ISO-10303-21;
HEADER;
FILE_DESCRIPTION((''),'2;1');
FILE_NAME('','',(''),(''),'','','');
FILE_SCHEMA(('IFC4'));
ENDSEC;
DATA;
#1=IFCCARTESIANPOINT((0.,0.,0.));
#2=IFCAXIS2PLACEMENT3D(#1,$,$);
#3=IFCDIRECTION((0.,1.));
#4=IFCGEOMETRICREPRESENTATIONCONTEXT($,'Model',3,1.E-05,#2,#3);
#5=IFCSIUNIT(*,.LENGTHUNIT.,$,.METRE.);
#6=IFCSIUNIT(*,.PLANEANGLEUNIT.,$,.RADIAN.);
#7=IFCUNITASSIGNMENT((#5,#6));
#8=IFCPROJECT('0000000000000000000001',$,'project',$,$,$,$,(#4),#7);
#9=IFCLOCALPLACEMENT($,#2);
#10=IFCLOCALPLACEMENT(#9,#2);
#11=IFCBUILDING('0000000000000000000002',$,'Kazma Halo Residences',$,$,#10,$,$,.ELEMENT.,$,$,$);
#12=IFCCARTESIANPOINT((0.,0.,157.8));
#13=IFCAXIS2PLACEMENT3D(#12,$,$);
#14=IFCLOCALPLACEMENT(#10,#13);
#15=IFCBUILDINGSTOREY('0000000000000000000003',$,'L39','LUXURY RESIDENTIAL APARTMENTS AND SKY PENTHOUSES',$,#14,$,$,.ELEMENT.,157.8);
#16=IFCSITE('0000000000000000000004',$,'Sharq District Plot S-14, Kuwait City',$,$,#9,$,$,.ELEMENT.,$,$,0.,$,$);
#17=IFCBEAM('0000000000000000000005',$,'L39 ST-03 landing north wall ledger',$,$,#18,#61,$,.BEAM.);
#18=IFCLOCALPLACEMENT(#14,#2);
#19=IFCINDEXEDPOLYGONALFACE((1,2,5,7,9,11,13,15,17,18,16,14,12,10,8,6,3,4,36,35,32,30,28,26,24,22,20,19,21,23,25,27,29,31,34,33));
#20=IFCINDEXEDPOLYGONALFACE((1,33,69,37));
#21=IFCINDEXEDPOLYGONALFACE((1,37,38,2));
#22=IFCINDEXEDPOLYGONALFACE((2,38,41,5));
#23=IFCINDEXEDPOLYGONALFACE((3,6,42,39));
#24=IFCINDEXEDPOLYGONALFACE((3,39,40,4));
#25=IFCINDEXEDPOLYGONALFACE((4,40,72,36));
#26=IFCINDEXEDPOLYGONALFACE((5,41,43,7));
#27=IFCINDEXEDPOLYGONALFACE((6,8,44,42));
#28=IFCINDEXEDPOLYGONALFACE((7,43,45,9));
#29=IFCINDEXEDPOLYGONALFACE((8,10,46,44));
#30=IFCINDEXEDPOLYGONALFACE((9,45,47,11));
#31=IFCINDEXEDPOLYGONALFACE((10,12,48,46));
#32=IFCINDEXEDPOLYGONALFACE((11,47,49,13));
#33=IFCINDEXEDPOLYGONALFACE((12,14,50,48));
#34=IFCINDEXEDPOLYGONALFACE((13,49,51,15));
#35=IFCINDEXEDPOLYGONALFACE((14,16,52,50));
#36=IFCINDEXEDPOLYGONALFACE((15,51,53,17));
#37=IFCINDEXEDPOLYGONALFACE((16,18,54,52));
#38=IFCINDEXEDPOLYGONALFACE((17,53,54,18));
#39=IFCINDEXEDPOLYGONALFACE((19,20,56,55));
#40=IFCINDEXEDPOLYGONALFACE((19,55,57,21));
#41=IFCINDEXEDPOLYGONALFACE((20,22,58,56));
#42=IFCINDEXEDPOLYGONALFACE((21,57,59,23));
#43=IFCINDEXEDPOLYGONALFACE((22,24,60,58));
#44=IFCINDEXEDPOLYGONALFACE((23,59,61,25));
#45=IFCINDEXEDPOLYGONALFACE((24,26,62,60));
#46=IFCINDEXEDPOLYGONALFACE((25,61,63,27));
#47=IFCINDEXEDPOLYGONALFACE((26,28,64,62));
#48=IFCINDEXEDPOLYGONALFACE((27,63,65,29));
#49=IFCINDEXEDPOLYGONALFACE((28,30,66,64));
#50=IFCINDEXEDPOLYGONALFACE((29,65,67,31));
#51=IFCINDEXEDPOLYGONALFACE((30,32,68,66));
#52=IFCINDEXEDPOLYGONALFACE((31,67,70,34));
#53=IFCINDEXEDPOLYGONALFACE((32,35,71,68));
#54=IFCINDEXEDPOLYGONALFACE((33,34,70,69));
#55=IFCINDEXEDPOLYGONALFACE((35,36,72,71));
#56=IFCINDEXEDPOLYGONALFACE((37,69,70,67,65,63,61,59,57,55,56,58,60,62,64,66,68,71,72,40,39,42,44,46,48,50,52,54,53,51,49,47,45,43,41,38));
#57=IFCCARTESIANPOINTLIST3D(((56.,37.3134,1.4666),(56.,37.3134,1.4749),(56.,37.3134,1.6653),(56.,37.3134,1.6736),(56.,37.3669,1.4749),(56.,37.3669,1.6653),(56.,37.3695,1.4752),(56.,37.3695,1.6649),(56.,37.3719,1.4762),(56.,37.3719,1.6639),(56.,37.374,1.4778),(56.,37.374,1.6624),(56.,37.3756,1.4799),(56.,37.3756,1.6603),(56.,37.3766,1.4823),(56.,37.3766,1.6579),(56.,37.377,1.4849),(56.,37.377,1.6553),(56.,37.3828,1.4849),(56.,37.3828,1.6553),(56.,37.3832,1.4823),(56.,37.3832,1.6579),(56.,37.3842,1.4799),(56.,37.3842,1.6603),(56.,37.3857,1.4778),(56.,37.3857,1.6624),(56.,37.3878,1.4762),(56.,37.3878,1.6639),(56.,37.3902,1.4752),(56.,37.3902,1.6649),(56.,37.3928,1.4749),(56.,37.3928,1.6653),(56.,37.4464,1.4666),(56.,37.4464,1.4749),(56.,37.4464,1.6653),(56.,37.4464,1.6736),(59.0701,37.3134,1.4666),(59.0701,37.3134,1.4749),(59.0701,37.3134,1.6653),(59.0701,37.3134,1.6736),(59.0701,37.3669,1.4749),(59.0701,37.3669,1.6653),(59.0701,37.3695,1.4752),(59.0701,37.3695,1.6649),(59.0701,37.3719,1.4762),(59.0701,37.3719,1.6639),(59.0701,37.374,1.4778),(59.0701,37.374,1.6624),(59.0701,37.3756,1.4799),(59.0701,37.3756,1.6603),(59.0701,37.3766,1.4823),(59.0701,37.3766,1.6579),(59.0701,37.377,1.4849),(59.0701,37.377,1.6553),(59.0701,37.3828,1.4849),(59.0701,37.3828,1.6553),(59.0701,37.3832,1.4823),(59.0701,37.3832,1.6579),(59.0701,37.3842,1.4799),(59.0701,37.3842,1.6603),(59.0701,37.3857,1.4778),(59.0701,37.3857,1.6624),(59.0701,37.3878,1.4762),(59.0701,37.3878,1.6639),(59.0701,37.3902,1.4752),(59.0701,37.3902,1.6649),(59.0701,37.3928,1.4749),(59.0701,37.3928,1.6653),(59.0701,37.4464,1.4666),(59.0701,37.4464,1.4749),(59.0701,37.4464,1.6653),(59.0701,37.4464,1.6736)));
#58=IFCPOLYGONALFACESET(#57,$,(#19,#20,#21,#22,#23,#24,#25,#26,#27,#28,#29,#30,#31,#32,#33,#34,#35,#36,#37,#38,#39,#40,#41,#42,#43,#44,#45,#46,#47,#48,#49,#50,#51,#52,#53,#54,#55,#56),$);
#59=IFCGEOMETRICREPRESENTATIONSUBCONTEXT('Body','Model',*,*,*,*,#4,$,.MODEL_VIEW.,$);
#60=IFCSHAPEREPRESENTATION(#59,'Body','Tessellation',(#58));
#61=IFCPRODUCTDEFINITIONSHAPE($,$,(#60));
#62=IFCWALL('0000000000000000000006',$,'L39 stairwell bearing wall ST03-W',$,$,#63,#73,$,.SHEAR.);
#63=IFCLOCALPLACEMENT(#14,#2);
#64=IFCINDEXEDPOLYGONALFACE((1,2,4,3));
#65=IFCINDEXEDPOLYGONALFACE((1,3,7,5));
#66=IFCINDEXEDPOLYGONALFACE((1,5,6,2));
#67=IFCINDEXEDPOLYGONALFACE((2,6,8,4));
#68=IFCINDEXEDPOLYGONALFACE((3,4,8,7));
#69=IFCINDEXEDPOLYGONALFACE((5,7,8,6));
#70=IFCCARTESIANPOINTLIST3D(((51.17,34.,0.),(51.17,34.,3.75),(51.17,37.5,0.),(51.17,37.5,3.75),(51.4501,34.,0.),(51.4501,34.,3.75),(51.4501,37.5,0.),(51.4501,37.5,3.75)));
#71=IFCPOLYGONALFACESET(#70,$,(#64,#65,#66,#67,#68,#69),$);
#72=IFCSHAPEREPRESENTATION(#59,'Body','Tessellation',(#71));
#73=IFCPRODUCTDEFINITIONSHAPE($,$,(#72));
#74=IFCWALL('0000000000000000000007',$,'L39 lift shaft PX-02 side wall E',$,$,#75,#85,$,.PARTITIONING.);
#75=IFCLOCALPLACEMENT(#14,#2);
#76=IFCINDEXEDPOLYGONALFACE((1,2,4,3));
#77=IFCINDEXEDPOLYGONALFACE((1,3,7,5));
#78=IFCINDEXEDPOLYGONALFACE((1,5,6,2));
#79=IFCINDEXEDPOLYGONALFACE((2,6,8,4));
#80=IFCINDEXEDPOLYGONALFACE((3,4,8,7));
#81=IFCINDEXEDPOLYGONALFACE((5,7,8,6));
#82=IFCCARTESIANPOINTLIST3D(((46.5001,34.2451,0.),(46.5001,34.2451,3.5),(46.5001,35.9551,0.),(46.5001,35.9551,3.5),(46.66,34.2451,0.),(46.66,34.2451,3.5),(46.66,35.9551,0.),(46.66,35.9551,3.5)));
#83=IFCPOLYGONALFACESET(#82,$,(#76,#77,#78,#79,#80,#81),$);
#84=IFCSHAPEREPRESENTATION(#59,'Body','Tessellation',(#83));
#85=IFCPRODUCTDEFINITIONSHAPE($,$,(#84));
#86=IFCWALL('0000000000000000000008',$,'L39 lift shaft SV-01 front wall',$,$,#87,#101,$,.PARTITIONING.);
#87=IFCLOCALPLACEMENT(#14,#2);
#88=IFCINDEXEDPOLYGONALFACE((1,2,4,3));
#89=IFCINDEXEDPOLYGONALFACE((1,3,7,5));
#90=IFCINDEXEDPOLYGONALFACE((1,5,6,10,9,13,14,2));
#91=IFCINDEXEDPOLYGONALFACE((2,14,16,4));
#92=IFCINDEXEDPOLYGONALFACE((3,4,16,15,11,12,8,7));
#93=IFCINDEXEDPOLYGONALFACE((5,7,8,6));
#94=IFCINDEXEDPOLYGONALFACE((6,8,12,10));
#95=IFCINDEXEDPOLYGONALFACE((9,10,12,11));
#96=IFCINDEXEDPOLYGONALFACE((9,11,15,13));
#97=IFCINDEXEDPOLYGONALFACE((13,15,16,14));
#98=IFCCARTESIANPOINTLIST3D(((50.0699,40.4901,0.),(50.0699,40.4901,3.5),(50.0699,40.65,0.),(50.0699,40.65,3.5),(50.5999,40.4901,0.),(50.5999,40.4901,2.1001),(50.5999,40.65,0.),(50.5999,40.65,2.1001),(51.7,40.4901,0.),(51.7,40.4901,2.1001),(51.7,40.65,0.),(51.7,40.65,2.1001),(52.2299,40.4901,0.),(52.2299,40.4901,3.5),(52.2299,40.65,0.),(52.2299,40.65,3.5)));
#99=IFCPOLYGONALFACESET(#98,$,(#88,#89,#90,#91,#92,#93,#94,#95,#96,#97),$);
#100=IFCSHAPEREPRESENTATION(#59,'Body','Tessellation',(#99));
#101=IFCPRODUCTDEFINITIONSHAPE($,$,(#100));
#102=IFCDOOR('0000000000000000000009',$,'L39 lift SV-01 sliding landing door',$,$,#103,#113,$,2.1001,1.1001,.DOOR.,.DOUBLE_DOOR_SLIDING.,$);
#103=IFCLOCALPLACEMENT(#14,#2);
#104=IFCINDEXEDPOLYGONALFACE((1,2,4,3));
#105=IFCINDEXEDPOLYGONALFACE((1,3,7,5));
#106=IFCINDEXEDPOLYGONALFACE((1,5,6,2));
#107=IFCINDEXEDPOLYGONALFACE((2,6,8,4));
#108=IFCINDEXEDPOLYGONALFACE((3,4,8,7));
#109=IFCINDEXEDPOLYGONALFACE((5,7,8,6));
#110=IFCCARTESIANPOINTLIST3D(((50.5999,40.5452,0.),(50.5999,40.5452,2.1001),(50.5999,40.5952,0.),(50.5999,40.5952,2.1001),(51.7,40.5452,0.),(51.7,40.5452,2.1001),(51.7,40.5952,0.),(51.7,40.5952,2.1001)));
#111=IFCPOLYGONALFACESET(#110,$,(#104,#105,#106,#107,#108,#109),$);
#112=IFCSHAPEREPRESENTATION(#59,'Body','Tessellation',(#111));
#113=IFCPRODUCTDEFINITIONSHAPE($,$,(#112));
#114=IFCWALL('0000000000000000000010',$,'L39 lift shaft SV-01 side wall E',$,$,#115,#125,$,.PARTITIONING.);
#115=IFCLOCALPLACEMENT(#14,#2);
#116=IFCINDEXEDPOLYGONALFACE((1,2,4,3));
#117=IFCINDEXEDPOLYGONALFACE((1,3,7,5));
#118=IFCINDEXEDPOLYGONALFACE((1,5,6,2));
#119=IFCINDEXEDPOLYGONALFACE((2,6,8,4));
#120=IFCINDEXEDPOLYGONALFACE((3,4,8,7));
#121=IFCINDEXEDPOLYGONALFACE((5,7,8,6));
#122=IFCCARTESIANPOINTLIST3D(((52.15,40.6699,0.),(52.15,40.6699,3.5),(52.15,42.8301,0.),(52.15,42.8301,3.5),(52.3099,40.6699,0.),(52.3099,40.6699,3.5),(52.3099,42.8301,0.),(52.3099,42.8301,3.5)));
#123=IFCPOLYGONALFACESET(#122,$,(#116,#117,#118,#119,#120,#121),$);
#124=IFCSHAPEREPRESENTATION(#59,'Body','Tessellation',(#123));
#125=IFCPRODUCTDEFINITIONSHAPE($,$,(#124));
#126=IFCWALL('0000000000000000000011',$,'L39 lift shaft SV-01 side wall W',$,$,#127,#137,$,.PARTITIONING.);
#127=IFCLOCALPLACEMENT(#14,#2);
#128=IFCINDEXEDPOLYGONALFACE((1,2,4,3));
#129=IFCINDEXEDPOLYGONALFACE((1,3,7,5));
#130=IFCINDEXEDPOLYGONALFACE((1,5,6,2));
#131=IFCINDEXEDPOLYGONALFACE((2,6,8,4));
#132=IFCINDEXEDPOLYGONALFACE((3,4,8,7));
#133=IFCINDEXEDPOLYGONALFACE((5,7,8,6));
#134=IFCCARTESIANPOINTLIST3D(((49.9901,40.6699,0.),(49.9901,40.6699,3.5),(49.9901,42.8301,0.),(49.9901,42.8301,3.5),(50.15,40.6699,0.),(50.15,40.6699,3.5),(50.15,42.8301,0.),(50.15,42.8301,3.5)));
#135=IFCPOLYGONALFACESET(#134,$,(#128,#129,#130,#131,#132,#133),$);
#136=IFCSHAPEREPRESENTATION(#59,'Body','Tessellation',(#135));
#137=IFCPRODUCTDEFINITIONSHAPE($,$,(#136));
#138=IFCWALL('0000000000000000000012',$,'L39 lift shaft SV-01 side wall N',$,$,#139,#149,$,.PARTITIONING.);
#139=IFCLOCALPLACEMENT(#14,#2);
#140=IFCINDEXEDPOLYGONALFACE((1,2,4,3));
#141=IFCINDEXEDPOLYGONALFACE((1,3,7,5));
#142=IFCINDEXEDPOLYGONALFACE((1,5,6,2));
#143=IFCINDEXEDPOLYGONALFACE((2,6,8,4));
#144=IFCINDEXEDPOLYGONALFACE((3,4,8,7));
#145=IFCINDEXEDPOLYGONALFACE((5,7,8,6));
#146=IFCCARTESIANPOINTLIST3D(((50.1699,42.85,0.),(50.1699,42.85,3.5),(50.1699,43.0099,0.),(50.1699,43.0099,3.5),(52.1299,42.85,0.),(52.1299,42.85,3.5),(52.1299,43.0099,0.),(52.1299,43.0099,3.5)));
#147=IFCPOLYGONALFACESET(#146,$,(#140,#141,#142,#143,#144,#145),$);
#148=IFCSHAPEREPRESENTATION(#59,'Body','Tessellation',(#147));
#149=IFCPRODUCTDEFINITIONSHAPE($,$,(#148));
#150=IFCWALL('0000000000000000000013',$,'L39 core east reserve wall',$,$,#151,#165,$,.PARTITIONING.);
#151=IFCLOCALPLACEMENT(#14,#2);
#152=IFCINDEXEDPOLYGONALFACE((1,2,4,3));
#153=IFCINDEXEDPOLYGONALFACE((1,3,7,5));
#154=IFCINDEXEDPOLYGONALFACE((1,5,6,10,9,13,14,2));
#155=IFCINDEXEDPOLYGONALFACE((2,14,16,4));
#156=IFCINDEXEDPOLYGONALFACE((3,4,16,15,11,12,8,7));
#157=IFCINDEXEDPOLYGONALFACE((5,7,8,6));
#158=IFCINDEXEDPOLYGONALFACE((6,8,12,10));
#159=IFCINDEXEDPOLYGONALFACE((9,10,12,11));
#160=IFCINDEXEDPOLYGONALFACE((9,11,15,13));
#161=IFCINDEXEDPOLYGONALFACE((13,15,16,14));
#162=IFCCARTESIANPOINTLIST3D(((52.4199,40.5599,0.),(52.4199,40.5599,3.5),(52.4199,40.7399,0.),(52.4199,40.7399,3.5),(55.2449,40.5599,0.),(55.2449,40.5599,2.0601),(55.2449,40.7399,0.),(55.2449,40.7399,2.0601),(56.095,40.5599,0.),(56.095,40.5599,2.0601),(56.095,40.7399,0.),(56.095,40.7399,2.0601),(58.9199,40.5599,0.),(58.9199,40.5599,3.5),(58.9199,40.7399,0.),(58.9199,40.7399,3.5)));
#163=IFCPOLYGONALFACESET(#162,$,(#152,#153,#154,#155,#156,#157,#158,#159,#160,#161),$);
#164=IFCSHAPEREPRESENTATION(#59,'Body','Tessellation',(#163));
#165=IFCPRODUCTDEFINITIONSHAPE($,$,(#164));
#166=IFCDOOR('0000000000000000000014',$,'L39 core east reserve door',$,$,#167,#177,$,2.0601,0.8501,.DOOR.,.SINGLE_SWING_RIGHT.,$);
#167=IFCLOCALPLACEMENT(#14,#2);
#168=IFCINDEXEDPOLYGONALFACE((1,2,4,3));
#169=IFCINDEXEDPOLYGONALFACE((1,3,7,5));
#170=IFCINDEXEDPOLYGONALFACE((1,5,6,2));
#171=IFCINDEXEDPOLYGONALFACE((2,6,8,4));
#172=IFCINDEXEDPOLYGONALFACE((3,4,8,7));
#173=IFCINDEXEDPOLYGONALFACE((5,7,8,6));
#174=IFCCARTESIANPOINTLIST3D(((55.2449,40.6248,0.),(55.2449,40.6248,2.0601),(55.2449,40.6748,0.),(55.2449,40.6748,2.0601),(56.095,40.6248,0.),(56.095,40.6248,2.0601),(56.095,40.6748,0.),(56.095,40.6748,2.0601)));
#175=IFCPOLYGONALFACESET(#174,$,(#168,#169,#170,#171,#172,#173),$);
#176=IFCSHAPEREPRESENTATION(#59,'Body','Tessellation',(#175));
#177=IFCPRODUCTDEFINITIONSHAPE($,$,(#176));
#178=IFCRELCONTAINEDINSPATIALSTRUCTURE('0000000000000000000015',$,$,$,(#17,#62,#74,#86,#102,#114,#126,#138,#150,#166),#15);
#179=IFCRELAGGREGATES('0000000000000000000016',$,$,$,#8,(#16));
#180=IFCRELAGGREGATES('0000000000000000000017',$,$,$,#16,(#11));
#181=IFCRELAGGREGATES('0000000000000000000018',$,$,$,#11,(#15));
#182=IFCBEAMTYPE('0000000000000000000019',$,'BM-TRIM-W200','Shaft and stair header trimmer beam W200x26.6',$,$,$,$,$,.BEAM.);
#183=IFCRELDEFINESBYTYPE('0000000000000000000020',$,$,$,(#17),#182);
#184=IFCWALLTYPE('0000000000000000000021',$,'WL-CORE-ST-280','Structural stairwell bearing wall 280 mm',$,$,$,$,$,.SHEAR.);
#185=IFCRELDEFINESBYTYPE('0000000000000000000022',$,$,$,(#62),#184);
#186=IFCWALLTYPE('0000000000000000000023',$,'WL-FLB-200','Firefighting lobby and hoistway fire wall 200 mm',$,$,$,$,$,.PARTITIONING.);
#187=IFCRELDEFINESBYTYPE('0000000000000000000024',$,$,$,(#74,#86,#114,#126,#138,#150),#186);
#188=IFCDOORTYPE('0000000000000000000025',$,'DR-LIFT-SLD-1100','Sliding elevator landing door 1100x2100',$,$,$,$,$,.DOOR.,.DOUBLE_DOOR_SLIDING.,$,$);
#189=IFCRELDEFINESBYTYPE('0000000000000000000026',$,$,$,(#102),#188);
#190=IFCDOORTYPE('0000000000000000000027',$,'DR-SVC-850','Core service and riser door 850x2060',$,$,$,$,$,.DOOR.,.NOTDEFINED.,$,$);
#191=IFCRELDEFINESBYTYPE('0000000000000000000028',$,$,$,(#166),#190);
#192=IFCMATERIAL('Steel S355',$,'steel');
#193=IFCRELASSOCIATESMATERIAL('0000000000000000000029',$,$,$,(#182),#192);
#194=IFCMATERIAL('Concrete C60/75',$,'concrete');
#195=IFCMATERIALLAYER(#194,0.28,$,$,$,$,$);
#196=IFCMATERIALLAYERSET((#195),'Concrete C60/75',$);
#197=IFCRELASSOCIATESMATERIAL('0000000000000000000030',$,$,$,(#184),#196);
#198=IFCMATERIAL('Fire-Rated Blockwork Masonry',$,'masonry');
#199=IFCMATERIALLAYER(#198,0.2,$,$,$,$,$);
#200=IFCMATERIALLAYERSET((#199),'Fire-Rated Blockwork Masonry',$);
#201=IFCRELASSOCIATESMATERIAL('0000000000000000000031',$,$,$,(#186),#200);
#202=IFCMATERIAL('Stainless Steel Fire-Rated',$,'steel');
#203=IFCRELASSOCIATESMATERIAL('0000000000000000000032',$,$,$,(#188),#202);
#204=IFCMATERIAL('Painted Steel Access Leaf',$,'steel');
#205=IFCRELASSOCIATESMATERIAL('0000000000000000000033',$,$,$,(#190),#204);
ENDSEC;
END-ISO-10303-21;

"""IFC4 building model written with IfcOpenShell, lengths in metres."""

from ifc_helpers import new_model, si_unit, direction, frame, frame_2d, origin, origin_2d, place, context, subcontext, project, spatial, rectangle, i_section, extrude, material, layer, layer_set, material_profile, profile_set, type_object, element, fill, save


model = new_model("IFC4")

# Units and contexts
model_context = context("Model", 3, precision=1e-05, world=origin(), true_north=direction((0.0, 1.0)))
body_context = subcontext(model_context, "Body", "Model", "MODEL_VIEW")
ifc_project = project(units=[si_unit("LENGTHUNIT", "METRE"), si_unit("PLANEANGLEUNIT", "RADIAN")], contexts=[model_context])

# Site, building, storey
site_placement = place(None, origin())
site = spatial("IfcSite", under=ifc_project, at=site_placement, Name="Sharq District Plot S-14, Kuwait City", CompositionType="ELEMENT", RefElevation=0.0)
building_placement = place(site_placement, origin())
building = spatial("IfcBuilding", under=site, at=building_placement, Name="Kazma Halo Residences", CompositionType="ELEMENT")
storey_placement = place(building_placement, frame((0.0, 0.0, 157.8)))
storey = spatial("IfcBuildingStorey", under=building, at=storey_placement, Name="L39", Description="LUXURY RESIDENTIAL APARTMENTS AND SKY PENTHOUSES", CompositionType="ELEMENT", Elevation=157.8)

# Shared definitions
ifc_material_1 = material(Name="Steel S355", Category="steel")

# Beam
ifc_material_profile_1 = material_profile(ifc_material_1, i_section(OverallWidth=0.1331, OverallDepth=0.207, WebThickness=0.0059, FlangeThickness=0.0083, FilletRadius=0.01, at=origin_2d()), Name="W200x26.6")
ifc_profile_set_1 = profile_set([ifc_material_profile_1], Name="Steel S355")
beam_type = type_object("IfcBeamType", Name="BM-TRIM-W200", Description="Shaft and stair header trimmer beam W200x26.6", PredefinedType="BEAM", material=ifc_profile_set_1)
beam_1_placement = place(storey_placement, frame((56.0, 37.3799, 1.5701), z_axis=(1.0, 0.0, 0.0), x_axis=(0.0, 1.0, 0.0)))
element("IfcBeam", 1, at=beam_1_placement, inside=storey, type_object=beam_type, Name="L39 ST-03 landing north wall ledger", PredefinedType="BEAM", context=body_context, shape_type="SweptSolid", body=[
    extrude(i_section(OverallWidth=0.1331, OverallDepth=0.207, WebThickness=0.0059, FlangeThickness=0.0083, FilletRadius=0.01, at=origin_2d()), origin(), (0.0, 0.0, 1.0), 3.0701),
])

# Walls
ifc_material_2 = material(Name="Concrete C60/75", Category="concrete")
ifc_layer_1 = layer(ifc_material_2, 0.28)
ifc_layer_set_1 = layer_set([ifc_layer_1], Name="Concrete C60/75")
wall_type_1 = type_object("IfcWallType", Name="WL-CORE-ST-280", Description="Structural stairwell bearing wall 280 mm", PredefinedType="SHEAR", material=ifc_layer_set_1)
wall_1_placement = place(storey_placement, frame((51.3101, 34.0, 0.0), z_axis=(0.0, 0.0, 1.0), x_axis=(0.0, 1.0, 0.0)))
element("IfcWall", 2, at=wall_1_placement, inside=storey, type_object=wall_type_1, Name="L39 stairwell bearing wall ST03-W", PredefinedType="SHEAR", context=body_context, shape_type="SweptSolid", body=[
    extrude(rectangle(XDim=3.5, YDim=0.28, at=frame_2d((1.75, 0.0))), origin(), (0.0, 0.0, 1.0), 3.75),
])
ifc_material_3 = material(Name="Fire-Rated Blockwork Masonry", Category="masonry")
ifc_layer_2 = layer(ifc_material_3, 0.2)
ifc_layer_set_2 = layer_set([ifc_layer_2], Name="Fire-Rated Blockwork Masonry")
wall_type_2 = type_object("IfcWallType", Name="WL-FLB-200", Description="Firefighting lobby and hoistway fire wall 200 mm", PredefinedType="PARTITIONING", material=ifc_layer_set_2)
wall_2_placement = place(storey_placement, frame((46.5801, 34.2451, 0.0), z_axis=(0.0, 0.0, 1.0), x_axis=(0.0, 1.0, 0.0)))
element("IfcWall", 3, at=wall_2_placement, inside=storey, type_object=wall_type_2, Name="L39 lift shaft PX-02 side wall E", PredefinedType="PARTITIONING", context=body_context, shape_type="SweptSolid", body=[
    extrude(rectangle(XDim=1.71, YDim=0.1599, at=frame_2d((0.855, 0.0))), origin(), (0.0, 0.0, 1.0), 3.5),
])

# Wall, opening, door
wall_3_placement = place(storey_placement, frame((52.23, 40.5701, 0.0), z_axis=(0.0, 0.0, 1.0), x_axis=(-1.0, 0.0, 0.0)))
wall_3 = element("IfcWall", 4, at=wall_3_placement, inside=storey, type_object=wall_type_2, Name="L39 lift shaft SV-01 front wall", PredefinedType="PARTITIONING", context=body_context, shape_type="SweptSolid", body=[
    extrude(rectangle(XDim=2.1599, YDim=0.1599, at=frame_2d((1.0801, 0.0))), origin(), (0.0, 0.0, 1.0), 3.5),
])
opening_1_placement = place(wall_3_placement, frame((0.53, 0.0, 0.0)))
opening_1 = element("IfcOpeningElement", 5, at=opening_1_placement, cuts=wall_3, PredefinedType="OPENING", context=body_context, shape_type="SweptSolid", body=[
    extrude(rectangle(XDim=1.1001, YDim=2.1001, at=frame_2d((0.55, 1.05))), frame((0.0, 0.0898, 0.0), z_axis=(0.0, -1.0, 0.0), x_axis=(1.0, 0.0, 0.0)), (0.0, 0.0, 1.0), 0.1799),
])
ifc_material_4 = material(Name="Stainless Steel Fire-Rated", Category="steel")
door_type_1 = type_object("IfcDoorType", Name="DR-LIFT-SLD-1100", Description="Sliding elevator landing door 1100x2100", OperationType="DOUBLE_DOOR_SLIDING", PredefinedType="DOOR", material=ifc_material_4)
door_1_placement = place(opening_1_placement, origin())
door_1 = element("IfcDoor", 6, at=door_1_placement, inside=storey, type_object=door_type_1, Name="L39 lift SV-01 sliding landing door", OperationType="DOUBLE_DOOR_SLIDING", OverallHeight=2.1001, OverallWidth=1.1001, PredefinedType="DOOR", context=body_context, shape_type="SweptSolid", body=[
    extrude(rectangle(XDim=1.1001, YDim=2.1001, at=frame_2d((0.55, 1.05))), frame((0.0, 0.0249, 0.0), z_axis=(0.0, -1.0, 0.0), x_axis=(1.0, 0.0, 0.0)), (0.0, 0.0, 1.0), 0.05),
])
fill(opening_1, door_1)

# Walls
for number, where, z_axis, x_axis, name in (
    (7, (52.23, 40.6699, 0.0), (0.0, 0.0, 1.0), (0.0, 1.0, 0.0), "L39 lift shaft SV-01 side wall E"),
    (8, (50.0701, 40.6699, 0.0), (0.0, 0.0, 1.0), (0.0, 1.0, 0.0), "L39 lift shaft SV-01 side wall W"),
):
    element("IfcWall", number, at=place(storey_placement, frame(where, z_axis=z_axis, x_axis=x_axis)), inside=storey, type_object=wall_type_2, Name=name, PredefinedType="PARTITIONING", context=body_context, shape_type="SweptSolid", body=[
        extrude(rectangle(XDim=2.1602, YDim=0.1599, at=frame_2d((1.0801, 0.0))), origin(), (0.0, 0.0, 1.0), 3.5),
    ])
wall_4_placement = place(storey_placement, frame((50.1699, 42.9299, 0.0), z_axis=(0.0, 0.0, 1.0), x_axis=(1.0, 0.0, 0.0)))
element("IfcWall", 9, at=wall_4_placement, inside=storey, type_object=wall_type_2, Name="L39 lift shaft SV-01 side wall N", PredefinedType="PARTITIONING", context=body_context, shape_type="SweptSolid", body=[
    extrude(rectangle(XDim=1.96, YDim=0.1599, at=frame_2d((0.98, 0.0))), origin(), (0.0, 0.0, 1.0), 3.5),
])

# Wall, opening, door
wall_5_placement = place(storey_placement, frame((52.4199, 40.6499, 0.0), z_axis=(0.0, 0.0, 1.0), x_axis=(1.0, 0.0, 0.0)))
wall_5 = element("IfcWall", 10, at=wall_5_placement, inside=storey, type_object=wall_type_2, Name="L39 core east reserve wall", PredefinedType="PARTITIONING", context=body_context, shape_type="SweptSolid", body=[
    extrude(rectangle(XDim=6.5, YDim=0.1799, at=frame_2d((3.25, 0.0))), origin(), (0.0, 0.0, 1.0), 3.5),
])
opening_2_placement = place(wall_5_placement, frame((2.825, 0.0, 0.0)))
opening_2 = element("IfcOpeningElement", 11, at=opening_2_placement, cuts=wall_5, PredefinedType="OPENING", context=body_context, shape_type="SweptSolid", body=[
    extrude(rectangle(XDim=0.8501, YDim=2.0601, at=frame_2d((0.425, 1.03))), frame((0.0, 0.0999, 0.0), z_axis=(0.0, -1.0, 0.0), x_axis=(1.0, 0.0, 0.0)), (0.0, 0.0, 1.0), 0.2),
])
ifc_material_5 = material(Name="Painted Steel Access Leaf", Category="steel")
door_type_2 = type_object("IfcDoorType", Name="DR-SVC-850", Description="Core service and riser door 850x2060", OperationType="NOTDEFINED", PredefinedType="DOOR", material=ifc_material_5)
door_2_placement = place(opening_2_placement, origin())
door_2 = element("IfcDoor", 12, at=door_2_placement, inside=storey, type_object=door_type_2, Name="L39 core east reserve door", OperationType="SINGLE_SWING_RIGHT", OverallHeight=2.0601, OverallWidth=0.8501, PredefinedType="DOOR", context=body_context, shape_type="SweptSolid", body=[
    extrude(rectangle(XDim=0.8501, YDim=2.0601, at=frame_2d((0.425, 1.03))), frame((0.0, 0.0249, 0.0), z_axis=(0.0, -1.0, 0.0), x_axis=(1.0, 0.0, 0.0)), (0.0, 0.0, 1.0), 0.05),
])
fill(opening_2, door_2)

save(model, "model.ifc")
